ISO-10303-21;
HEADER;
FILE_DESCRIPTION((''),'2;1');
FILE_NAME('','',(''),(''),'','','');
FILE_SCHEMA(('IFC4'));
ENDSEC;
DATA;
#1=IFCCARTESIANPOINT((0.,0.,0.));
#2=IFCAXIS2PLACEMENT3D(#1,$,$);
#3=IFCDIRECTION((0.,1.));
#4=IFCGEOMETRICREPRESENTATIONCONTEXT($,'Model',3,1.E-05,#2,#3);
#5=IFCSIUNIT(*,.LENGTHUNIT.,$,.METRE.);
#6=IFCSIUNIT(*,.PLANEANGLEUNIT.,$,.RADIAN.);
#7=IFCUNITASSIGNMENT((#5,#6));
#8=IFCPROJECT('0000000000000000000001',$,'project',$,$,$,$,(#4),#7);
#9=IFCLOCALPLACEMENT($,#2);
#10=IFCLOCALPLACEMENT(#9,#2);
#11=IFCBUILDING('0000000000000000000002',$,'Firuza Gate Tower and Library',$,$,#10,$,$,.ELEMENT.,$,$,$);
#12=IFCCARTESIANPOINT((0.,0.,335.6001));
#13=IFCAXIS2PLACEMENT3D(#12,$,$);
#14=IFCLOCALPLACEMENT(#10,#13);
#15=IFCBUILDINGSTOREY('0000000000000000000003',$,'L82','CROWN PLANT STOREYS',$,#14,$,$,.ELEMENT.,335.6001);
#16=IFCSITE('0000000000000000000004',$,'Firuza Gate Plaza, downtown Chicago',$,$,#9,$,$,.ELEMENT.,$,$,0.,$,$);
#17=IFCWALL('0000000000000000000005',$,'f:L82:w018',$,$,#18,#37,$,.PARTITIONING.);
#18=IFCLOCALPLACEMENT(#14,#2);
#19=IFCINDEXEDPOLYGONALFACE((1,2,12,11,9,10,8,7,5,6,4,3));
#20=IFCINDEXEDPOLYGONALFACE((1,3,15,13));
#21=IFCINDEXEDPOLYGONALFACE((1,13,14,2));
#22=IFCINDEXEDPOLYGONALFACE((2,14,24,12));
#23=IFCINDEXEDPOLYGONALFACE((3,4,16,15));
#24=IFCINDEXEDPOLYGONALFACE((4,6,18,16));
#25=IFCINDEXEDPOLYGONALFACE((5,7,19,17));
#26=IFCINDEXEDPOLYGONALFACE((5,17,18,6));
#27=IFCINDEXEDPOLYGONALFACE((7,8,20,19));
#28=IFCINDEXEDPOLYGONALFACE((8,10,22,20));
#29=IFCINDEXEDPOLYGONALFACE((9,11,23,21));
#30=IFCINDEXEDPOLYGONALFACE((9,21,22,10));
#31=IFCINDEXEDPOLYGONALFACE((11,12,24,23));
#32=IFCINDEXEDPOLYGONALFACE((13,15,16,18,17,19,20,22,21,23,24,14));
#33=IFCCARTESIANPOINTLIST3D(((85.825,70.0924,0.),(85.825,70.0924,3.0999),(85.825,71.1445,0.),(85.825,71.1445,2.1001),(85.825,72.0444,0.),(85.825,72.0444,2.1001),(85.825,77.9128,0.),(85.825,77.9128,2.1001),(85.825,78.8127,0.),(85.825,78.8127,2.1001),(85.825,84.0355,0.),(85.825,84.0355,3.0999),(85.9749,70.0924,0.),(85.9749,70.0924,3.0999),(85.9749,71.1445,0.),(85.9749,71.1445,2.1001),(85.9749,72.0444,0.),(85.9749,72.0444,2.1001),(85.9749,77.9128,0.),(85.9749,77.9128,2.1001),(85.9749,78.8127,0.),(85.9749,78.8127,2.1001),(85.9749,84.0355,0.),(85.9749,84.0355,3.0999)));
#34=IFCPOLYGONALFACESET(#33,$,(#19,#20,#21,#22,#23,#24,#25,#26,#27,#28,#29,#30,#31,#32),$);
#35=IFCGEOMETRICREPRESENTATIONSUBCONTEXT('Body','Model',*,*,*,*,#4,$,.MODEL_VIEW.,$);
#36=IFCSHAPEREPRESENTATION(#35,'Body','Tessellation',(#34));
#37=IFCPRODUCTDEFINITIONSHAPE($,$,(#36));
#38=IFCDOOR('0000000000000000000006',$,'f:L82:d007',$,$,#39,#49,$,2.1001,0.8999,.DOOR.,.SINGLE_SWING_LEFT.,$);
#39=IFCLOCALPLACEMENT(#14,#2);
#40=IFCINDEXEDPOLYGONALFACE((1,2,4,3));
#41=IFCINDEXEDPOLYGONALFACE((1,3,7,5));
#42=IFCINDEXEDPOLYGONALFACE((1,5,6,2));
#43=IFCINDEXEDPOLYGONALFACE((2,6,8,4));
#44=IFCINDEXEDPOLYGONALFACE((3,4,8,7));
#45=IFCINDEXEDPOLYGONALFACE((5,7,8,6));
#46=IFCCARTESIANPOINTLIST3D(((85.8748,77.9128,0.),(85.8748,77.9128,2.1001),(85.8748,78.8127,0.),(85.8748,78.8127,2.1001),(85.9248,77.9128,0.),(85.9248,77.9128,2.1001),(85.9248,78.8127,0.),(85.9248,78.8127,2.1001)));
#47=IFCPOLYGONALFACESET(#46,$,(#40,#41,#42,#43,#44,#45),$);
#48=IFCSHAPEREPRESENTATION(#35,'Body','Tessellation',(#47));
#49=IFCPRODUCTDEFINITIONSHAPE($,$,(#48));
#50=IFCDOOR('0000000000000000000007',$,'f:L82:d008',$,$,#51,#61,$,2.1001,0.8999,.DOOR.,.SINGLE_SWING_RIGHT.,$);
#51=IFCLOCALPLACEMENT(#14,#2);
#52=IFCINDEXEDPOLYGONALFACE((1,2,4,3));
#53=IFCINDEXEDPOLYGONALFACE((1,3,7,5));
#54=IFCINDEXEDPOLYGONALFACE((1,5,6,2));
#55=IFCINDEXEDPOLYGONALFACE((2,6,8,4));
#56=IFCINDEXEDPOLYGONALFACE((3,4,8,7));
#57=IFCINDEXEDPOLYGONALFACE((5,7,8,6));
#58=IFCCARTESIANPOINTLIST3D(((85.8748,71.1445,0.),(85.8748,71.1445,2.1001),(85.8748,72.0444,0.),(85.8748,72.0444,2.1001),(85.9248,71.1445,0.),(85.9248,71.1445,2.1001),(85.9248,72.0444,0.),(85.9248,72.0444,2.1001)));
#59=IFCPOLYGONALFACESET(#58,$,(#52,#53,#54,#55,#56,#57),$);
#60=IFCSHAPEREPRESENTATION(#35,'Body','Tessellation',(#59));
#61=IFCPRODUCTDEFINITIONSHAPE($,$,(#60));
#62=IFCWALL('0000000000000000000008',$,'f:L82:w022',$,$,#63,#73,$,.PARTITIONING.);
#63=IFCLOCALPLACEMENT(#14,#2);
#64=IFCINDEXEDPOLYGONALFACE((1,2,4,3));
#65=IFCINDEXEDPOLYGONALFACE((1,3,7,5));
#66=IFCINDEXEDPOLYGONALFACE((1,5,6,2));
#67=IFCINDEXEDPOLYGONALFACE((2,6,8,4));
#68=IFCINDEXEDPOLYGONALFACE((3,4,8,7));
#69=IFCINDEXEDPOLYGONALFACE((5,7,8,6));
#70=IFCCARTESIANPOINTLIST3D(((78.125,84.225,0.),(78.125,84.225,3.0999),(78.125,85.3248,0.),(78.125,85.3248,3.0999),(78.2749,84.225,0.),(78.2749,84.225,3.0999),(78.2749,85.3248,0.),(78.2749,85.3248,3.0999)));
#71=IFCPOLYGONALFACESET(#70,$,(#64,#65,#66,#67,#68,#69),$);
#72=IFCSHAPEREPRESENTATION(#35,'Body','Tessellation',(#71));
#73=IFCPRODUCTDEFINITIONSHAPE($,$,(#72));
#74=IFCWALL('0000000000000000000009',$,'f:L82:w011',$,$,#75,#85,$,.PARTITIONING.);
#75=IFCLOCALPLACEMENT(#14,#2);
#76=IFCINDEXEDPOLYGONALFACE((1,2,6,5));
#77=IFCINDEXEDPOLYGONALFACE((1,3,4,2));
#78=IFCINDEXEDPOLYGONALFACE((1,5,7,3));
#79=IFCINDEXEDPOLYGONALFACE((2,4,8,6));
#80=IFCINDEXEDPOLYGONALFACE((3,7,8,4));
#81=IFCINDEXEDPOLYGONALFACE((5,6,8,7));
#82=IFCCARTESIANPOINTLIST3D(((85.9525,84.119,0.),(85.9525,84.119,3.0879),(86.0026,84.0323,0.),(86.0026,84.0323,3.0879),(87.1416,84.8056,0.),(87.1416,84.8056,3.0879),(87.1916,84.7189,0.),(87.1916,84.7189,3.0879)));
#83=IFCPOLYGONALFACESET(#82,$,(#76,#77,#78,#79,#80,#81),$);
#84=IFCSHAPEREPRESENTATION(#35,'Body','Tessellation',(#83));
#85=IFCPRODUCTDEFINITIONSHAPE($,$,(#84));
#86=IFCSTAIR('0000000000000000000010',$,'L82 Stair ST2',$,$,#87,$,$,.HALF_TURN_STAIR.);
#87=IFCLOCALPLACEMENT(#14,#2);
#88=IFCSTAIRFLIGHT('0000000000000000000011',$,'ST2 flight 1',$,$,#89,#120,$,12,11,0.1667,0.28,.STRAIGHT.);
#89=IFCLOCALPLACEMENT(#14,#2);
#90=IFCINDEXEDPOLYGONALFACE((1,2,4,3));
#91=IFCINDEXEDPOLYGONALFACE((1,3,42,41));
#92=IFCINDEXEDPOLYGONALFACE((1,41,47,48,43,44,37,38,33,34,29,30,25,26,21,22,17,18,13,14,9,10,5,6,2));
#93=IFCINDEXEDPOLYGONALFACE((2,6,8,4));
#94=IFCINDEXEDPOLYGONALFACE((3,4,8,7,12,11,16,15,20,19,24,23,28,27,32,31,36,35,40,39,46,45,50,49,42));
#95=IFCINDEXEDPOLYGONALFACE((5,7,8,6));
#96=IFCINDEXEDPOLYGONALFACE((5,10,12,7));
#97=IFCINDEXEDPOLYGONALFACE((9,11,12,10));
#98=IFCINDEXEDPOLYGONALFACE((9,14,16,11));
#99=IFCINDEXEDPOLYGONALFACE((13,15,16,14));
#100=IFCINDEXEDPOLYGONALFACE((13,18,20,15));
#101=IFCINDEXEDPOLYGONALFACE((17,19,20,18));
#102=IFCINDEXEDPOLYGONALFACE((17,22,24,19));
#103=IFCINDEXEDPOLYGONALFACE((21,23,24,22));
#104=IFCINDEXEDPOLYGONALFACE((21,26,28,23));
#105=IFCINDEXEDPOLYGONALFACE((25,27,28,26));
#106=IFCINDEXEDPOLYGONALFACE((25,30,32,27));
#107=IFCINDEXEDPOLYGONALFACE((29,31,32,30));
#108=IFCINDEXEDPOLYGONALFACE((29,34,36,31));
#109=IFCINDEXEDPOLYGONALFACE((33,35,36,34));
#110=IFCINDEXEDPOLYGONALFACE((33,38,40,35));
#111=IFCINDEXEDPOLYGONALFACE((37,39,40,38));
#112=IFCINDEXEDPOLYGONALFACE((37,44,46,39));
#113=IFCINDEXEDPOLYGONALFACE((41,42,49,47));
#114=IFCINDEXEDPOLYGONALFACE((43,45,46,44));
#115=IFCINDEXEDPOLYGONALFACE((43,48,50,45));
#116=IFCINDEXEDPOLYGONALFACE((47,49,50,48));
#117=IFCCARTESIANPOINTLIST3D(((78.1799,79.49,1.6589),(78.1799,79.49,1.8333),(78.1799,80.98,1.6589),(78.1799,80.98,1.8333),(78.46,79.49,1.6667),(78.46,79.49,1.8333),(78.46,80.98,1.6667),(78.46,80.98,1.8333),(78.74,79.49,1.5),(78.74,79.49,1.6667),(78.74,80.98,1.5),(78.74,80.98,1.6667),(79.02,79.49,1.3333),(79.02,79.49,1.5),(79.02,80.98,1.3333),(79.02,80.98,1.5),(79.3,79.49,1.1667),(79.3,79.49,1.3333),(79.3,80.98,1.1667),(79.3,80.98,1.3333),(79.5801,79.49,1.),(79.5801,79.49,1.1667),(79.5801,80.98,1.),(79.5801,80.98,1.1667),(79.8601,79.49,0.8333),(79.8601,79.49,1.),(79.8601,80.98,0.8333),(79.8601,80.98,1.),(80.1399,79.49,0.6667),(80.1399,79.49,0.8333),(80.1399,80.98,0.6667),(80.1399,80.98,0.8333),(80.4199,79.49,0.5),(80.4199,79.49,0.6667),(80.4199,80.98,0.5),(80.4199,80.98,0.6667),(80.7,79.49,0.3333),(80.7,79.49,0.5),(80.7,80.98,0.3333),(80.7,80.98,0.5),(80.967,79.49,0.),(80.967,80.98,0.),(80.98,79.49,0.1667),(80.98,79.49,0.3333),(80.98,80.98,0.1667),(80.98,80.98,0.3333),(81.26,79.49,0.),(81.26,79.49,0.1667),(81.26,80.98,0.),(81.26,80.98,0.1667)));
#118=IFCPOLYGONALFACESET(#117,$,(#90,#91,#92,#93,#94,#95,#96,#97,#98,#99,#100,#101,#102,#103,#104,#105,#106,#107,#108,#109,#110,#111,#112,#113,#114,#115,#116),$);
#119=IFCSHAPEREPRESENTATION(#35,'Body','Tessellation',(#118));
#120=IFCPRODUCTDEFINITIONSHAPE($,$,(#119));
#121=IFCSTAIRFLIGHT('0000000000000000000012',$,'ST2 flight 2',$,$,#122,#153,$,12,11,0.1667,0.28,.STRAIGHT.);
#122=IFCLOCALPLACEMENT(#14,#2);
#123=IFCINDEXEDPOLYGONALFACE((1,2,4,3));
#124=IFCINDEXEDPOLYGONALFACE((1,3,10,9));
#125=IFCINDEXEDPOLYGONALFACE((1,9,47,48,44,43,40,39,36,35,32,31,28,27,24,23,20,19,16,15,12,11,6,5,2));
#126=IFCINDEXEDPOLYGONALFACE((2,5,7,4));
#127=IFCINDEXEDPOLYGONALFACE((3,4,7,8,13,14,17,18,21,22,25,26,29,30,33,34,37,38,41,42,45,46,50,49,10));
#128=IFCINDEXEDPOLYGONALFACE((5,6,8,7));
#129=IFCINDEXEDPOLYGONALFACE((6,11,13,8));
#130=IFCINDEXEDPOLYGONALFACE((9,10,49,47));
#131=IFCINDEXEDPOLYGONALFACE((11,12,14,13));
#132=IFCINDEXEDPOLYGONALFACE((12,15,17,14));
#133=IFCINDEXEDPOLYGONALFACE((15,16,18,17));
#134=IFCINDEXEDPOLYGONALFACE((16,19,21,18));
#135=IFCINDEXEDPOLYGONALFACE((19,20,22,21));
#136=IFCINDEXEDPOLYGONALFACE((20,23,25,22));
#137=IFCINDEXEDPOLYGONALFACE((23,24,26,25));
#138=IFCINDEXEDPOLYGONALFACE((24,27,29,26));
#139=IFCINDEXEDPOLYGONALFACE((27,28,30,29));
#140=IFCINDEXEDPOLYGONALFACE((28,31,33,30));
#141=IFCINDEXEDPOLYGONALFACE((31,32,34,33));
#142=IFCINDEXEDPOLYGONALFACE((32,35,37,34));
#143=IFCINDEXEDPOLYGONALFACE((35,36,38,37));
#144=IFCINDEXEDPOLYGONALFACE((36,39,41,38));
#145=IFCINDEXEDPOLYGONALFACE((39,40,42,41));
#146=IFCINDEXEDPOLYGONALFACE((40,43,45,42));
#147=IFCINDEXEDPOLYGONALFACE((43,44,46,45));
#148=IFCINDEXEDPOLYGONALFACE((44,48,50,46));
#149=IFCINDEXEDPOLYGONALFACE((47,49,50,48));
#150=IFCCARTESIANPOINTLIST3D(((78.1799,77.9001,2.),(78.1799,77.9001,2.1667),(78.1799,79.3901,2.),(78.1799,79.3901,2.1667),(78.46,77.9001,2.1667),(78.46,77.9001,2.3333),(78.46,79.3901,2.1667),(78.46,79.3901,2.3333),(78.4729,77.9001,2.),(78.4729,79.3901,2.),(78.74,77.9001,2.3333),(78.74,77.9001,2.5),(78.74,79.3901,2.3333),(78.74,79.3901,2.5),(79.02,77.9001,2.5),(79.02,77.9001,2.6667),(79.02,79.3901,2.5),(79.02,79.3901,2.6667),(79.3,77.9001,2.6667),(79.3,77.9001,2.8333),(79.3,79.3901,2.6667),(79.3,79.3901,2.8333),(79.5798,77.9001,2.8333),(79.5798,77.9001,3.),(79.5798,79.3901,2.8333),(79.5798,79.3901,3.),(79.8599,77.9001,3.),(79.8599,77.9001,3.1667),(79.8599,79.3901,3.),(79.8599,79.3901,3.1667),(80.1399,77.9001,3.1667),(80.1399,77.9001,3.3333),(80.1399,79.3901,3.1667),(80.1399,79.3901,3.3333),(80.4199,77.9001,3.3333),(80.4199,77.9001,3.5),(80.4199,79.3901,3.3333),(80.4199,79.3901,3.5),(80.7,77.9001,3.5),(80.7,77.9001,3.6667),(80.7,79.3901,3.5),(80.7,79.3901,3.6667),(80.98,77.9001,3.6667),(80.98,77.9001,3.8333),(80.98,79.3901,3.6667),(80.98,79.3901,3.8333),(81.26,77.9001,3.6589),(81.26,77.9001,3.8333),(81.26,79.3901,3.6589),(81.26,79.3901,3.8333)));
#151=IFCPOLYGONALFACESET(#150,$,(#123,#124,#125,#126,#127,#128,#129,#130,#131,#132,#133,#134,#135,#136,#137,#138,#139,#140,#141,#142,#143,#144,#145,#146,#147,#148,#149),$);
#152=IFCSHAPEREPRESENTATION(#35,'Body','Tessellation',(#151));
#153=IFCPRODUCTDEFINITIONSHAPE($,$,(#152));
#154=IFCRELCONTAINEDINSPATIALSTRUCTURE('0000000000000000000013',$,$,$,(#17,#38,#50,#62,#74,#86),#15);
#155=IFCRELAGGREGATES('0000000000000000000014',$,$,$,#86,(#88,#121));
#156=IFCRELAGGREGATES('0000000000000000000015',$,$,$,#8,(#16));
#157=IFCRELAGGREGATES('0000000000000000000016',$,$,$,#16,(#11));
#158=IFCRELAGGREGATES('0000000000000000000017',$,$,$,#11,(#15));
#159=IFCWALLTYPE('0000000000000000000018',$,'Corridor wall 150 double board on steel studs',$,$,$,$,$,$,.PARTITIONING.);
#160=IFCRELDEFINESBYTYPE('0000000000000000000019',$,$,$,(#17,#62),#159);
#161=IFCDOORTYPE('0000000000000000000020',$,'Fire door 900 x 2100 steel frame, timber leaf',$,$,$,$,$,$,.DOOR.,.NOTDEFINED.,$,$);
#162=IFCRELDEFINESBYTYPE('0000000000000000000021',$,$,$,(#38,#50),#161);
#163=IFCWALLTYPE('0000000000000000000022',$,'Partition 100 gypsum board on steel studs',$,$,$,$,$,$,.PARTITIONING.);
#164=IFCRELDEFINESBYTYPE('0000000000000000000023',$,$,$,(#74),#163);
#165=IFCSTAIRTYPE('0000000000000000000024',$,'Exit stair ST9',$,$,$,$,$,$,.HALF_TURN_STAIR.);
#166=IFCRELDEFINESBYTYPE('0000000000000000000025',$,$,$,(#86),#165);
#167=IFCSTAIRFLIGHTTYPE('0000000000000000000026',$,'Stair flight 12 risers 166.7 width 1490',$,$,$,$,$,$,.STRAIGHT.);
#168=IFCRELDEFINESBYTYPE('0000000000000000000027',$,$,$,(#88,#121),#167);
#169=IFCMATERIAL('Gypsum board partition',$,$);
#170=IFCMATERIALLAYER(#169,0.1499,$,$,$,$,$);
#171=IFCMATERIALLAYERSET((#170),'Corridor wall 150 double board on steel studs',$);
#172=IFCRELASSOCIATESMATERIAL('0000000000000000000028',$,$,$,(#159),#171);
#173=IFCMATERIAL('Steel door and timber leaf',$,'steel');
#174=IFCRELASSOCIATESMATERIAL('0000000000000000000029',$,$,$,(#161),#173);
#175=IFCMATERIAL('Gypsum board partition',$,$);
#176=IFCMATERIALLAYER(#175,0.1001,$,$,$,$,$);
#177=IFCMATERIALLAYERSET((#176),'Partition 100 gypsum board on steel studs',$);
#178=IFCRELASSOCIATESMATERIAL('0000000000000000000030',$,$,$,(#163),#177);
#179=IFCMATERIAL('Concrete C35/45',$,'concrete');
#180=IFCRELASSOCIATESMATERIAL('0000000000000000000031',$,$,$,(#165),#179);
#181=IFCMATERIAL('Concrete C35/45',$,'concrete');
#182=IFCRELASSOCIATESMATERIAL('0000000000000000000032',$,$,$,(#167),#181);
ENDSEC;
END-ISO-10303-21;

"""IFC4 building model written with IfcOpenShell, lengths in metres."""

from ifc_helpers import new_model, si_unit, direction, frame, frame_2d, origin, place, context, subcontext, project, spatial, polyline, rectangle, outline, extrude, material, layer, layer_set, type_object, element, fill, aggregate, save


model = new_model("IFC4")

# Units and contexts
model_context = context("Model", 3, precision=1e-05, world=origin(), true_north=direction((0.0, 1.0)))
body_context = subcontext(model_context, "Body", "Model", "MODEL_VIEW")
ifc_project = project(units=[si_unit("LENGTHUNIT", "METRE"), si_unit("PLANEANGLEUNIT", "RADIAN")], contexts=[model_context])

# Site, building, storey
site_placement = place(None, origin())
site = spatial("IfcSite", under=ifc_project, at=site_placement, Name="Firuza Gate Plaza, downtown Chicago", CompositionType="ELEMENT", RefElevation=0.0)
building_placement = place(site_placement, origin())
building = spatial("IfcBuilding", under=site, at=building_placement, Name="Firuza Gate Tower and Library", CompositionType="ELEMENT")
storey_placement = place(building_placement, frame((0.0, 0.0, 335.6001)))
storey = spatial("IfcBuildingStorey", under=building, at=storey_placement, Name="L82", Description="CROWN PLANT STOREYS", CompositionType="ELEMENT", Elevation=335.6001)

# Shared definitions
placement = place(storey_placement, origin())

# Shared definitions
ifc_material_1 = material(Name="Gypsum board partition")
ifc_layer_1 = layer(ifc_material_1, 0.1499)
ifc_layer_set_1 = layer_set([ifc_layer_1], Name="Corridor wall 150 double board on steel studs")
wall_type_1 = type_object("IfcWallType", Name="Corridor wall 150 double board on steel studs", PredefinedType="PARTITIONING", material=ifc_layer_set_1)
ifc_material_2 = material(Name="Steel door and timber leaf", Category="steel")
door_type_1 = type_object("IfcDoorType", Name="Fire door 900 x 2100 steel frame, timber leaf", OperationType="NOTDEFINED", PredefinedType="DOOR", material=ifc_material_2)

# Wall, openings, doors
wall_1_placement = place(storey_placement, frame((85.8999, 84.0356, 0.0), z_axis=(0.0, 0.0, 1.0), x_axis=(0.0, -1.0, 0.0)))
wall_1 = element("IfcWall", 1, at=wall_1_placement, inside=storey, type_object=wall_type_1, Name="f:L82:w018", PredefinedType="PARTITIONING", context=body_context, shape_type="SweptSolid", body=[
    extrude(rectangle(XDim=13.9431, YDim=0.1499, at=frame_2d((6.9717, 0.0))), origin(), (0.0, 0.0, 1.0), 3.0999),
])
opening_1_placement = place(wall_1_placement, frame((5.2229, 0.0, 0.0)))
opening_1 = element("IfcOpeningElement", 2, at=opening_1_placement, cuts=wall_1, PredefinedType="OPENING", context=body_context, shape_type="SweptSolid", body=[
    extrude(rectangle(XDim=0.8999, YDim=2.1001, at=frame_2d((0.45, 1.05))), frame((0.0, 0.085, 0.0), z_axis=(0.0, -1.0, 0.0), x_axis=(1.0, 0.0, 0.0)), (0.0, 0.0, 1.0), 0.1699),
])
opening_2_placement = place(wall_1_placement, frame((11.9912, 0.0, 0.0)))
opening_2 = element("IfcOpeningElement", 3, at=opening_2_placement, cuts=wall_1, PredefinedType="OPENING", context=body_context, shape_type="SweptSolid", body=[
    extrude(rectangle(XDim=0.8999, YDim=2.1001, at=frame_2d((0.45, 1.05))), frame((0.0, 0.085, 0.0), z_axis=(0.0, -1.0, 0.0), x_axis=(1.0, 0.0, 0.0)), (0.0, 0.0, 1.0), 0.1699),
])
door_1_placement = place(opening_1_placement, origin())
door_1 = element("IfcDoor", 4, at=door_1_placement, inside=storey, type_object=door_type_1, Name="f:L82:d007", OperationType="SINGLE_SWING_LEFT", OverallHeight=2.1001, OverallWidth=0.8999, PredefinedType="DOOR", context=body_context, shape_type="SweptSolid", body=[
    extrude(rectangle(XDim=0.8999, YDim=2.1001, at=frame_2d((0.45, 1.05))), frame((0.0, 0.0249, 0.0), z_axis=(0.0, -1.0, 0.0), x_axis=(1.0, 0.0, 0.0)), (0.0, 0.0, 1.0), 0.05),
])
fill(opening_1, door_1)
door_2_placement = place(opening_2_placement, origin())
door_2 = element("IfcDoor", 5, at=door_2_placement, inside=storey, type_object=door_type_1, Name="f:L82:d008", OperationType="SINGLE_SWING_RIGHT", OverallHeight=2.1001, OverallWidth=0.8999, PredefinedType="DOOR", context=body_context, shape_type="SweptSolid", body=[
    extrude(rectangle(XDim=0.8999, YDim=2.1001, at=frame_2d((0.45, 1.05))), frame((0.0, 0.0249, 0.0), z_axis=(0.0, -1.0, 0.0), x_axis=(1.0, 0.0, 0.0)), (0.0, 0.0, 1.0), 0.05),
])
fill(opening_2, door_2)

# Walls
wall_2_placement = place(storey_placement, frame((78.2, 84.2251, 0.0), z_axis=(0.0, 0.0, 1.0), x_axis=(0.0, 1.0, 0.0)))
element("IfcWall", 6, at=wall_2_placement, inside=storey, type_object=wall_type_1, Name="f:L82:w022", PredefinedType="PARTITIONING", context=body_context, shape_type="SweptSolid", body=[
    extrude(rectangle(XDim=1.0999, YDim=0.1499, at=frame_2d((0.5498, 0.0))), origin(), (0.0, 0.0, 1.0), 3.0999),
])
ifc_material_3 = material(Name="Gypsum board partition")
ifc_layer_2 = layer(ifc_material_3, 0.1001)
ifc_layer_set_2 = layer_set([ifc_layer_2], Name="Partition 100 gypsum board on steel studs")
wall_type_2 = type_object("IfcWallType", Name="Partition 100 gypsum board on steel studs", PredefinedType="PARTITIONING", material=ifc_layer_set_2)
wall_3_placement = place(storey_placement, frame((85.9775, 84.0757, 0.0), z_axis=(0.0, 0.0, 1.0), x_axis=(0.866002, 0.500041, 0.0)))
element("IfcWall", 7, at=wall_3_placement, inside=storey, type_object=wall_type_2, Name="f:L82:w011", PredefinedType="PARTITIONING", context=body_context, shape_type="SweptSolid", body=[
    extrude(rectangle(XDim=1.373, YDim=0.1001, at=frame_2d((0.6865, 0.0))), origin(), (0.0, 0.0, 1.0), 3.0879),
])

# Stair, stair flights
ifc_material_4 = material(Name="Concrete C35/45", Category="concrete")
stair_type = type_object("IfcStairType", Name="Exit stair ST9", PredefinedType="HALF_TURN_STAIR", material=ifc_material_4)
stair = element("IfcStair", 8, at=placement, inside=storey, type_object=stair_type, Name="L82 Stair ST2", PredefinedType="HALF_TURN_STAIR")
ifc_material_5 = material(Name="Concrete C35/45", Category="concrete")
stair_flight_type = type_object("IfcStairFlightType", Name="Stair flight 12 risers 166.7 width 1490", PredefinedType="STRAIGHT", material=ifc_material_5)
stair_flight_1_placement = place(storey_placement, frame((81.26, 80.2351, 0.0), z_axis=(0.0, 0.0, 1.0), x_axis=(-1.0, 0.0, 0.0)))
stair_flight_1 = element("IfcStairFlight", 9, at=stair_flight_1_placement, type_object=stair_flight_type, Name="ST2 flight 1", NumberOfRisers=12, NumberOfTreads=11, PredefinedType="STRAIGHT", RiserHeight=0.1667, TreadLength=0.28, context=body_context, shape_type="SweptSolid", body=[
    extrude(outline(polyline([(0.0, 0.0), (0.0, 0.1667), (0.28, 0.1667), (0.28, 0.3333), (0.5601, 0.3333), (0.5601, 0.5), (0.8401, 0.5), (0.8401, 0.6667), (1.1201, 0.6667), (1.1201, 0.8333), (1.3999, 0.8333), (1.3999, 1.0), (1.6799, 1.0), (1.6799, 1.1667), (1.96, 1.1667), (1.96, 1.3333), (2.24, 1.3333), (2.24, 1.5), (2.52, 1.5), (2.52, 1.6667), (2.8, 1.6667), (2.8, 1.8333), (3.0801, 1.8333), (3.0801, 2.0), (3.0801, 1.6589), (0.293, 0.0), (0.0, 0.0)])), frame((0.0, 0.7451, 0.0), z_axis=(0.0, -1.0, 0.0), x_axis=(1.0, 0.0, 0.0)), (0.0, 0.0, 1.0), 1.49),
])
stair_flight_2_placement = place(storey_placement, frame((78.1799, 78.645, 2.0), z_axis=(0.0, 0.0, 1.0), x_axis=(1.0, 0.0, 0.0)))
stair_flight_2 = element("IfcStairFlight", 10, at=stair_flight_2_placement, type_object=stair_flight_type, Name="ST2 flight 2", NumberOfRisers=12, NumberOfTreads=11, PredefinedType="STRAIGHT", RiserHeight=0.1667, TreadLength=0.28, context=body_context, shape_type="SweptSolid", body=[
    extrude(outline(polyline([(0.0, 0.0), (0.0, 0.1667), (0.28, 0.1667), (0.28, 0.3333), (0.5601, 0.3333), (0.5601, 0.5), (0.8401, 0.5), (0.8401, 0.6667), (1.1201, 0.6667), (1.1201, 0.8333), (1.3999, 0.8333), (1.3999, 1.0), (1.6799, 1.0), (1.6799, 1.1667), (1.96, 1.1667), (1.96, 1.3333), (2.24, 1.3333), (2.24, 1.5), (2.52, 1.5), (2.52, 1.6667), (2.8, 1.6667), (2.8, 1.8333), (3.0801, 1.8333), (3.0801, 2.0), (3.0801, 1.6589), (0.293, 0.0), (0.0, 0.0)])), frame((0.0, 0.7451, 0.0), z_axis=(0.0, -1.0, 0.0), x_axis=(1.0, 0.0, 0.0)), (0.0, 0.0, 1.0), 1.49),
])
aggregate(stair, [stair_flight_1, stair_flight_2])

save(model, "model.ifc")
